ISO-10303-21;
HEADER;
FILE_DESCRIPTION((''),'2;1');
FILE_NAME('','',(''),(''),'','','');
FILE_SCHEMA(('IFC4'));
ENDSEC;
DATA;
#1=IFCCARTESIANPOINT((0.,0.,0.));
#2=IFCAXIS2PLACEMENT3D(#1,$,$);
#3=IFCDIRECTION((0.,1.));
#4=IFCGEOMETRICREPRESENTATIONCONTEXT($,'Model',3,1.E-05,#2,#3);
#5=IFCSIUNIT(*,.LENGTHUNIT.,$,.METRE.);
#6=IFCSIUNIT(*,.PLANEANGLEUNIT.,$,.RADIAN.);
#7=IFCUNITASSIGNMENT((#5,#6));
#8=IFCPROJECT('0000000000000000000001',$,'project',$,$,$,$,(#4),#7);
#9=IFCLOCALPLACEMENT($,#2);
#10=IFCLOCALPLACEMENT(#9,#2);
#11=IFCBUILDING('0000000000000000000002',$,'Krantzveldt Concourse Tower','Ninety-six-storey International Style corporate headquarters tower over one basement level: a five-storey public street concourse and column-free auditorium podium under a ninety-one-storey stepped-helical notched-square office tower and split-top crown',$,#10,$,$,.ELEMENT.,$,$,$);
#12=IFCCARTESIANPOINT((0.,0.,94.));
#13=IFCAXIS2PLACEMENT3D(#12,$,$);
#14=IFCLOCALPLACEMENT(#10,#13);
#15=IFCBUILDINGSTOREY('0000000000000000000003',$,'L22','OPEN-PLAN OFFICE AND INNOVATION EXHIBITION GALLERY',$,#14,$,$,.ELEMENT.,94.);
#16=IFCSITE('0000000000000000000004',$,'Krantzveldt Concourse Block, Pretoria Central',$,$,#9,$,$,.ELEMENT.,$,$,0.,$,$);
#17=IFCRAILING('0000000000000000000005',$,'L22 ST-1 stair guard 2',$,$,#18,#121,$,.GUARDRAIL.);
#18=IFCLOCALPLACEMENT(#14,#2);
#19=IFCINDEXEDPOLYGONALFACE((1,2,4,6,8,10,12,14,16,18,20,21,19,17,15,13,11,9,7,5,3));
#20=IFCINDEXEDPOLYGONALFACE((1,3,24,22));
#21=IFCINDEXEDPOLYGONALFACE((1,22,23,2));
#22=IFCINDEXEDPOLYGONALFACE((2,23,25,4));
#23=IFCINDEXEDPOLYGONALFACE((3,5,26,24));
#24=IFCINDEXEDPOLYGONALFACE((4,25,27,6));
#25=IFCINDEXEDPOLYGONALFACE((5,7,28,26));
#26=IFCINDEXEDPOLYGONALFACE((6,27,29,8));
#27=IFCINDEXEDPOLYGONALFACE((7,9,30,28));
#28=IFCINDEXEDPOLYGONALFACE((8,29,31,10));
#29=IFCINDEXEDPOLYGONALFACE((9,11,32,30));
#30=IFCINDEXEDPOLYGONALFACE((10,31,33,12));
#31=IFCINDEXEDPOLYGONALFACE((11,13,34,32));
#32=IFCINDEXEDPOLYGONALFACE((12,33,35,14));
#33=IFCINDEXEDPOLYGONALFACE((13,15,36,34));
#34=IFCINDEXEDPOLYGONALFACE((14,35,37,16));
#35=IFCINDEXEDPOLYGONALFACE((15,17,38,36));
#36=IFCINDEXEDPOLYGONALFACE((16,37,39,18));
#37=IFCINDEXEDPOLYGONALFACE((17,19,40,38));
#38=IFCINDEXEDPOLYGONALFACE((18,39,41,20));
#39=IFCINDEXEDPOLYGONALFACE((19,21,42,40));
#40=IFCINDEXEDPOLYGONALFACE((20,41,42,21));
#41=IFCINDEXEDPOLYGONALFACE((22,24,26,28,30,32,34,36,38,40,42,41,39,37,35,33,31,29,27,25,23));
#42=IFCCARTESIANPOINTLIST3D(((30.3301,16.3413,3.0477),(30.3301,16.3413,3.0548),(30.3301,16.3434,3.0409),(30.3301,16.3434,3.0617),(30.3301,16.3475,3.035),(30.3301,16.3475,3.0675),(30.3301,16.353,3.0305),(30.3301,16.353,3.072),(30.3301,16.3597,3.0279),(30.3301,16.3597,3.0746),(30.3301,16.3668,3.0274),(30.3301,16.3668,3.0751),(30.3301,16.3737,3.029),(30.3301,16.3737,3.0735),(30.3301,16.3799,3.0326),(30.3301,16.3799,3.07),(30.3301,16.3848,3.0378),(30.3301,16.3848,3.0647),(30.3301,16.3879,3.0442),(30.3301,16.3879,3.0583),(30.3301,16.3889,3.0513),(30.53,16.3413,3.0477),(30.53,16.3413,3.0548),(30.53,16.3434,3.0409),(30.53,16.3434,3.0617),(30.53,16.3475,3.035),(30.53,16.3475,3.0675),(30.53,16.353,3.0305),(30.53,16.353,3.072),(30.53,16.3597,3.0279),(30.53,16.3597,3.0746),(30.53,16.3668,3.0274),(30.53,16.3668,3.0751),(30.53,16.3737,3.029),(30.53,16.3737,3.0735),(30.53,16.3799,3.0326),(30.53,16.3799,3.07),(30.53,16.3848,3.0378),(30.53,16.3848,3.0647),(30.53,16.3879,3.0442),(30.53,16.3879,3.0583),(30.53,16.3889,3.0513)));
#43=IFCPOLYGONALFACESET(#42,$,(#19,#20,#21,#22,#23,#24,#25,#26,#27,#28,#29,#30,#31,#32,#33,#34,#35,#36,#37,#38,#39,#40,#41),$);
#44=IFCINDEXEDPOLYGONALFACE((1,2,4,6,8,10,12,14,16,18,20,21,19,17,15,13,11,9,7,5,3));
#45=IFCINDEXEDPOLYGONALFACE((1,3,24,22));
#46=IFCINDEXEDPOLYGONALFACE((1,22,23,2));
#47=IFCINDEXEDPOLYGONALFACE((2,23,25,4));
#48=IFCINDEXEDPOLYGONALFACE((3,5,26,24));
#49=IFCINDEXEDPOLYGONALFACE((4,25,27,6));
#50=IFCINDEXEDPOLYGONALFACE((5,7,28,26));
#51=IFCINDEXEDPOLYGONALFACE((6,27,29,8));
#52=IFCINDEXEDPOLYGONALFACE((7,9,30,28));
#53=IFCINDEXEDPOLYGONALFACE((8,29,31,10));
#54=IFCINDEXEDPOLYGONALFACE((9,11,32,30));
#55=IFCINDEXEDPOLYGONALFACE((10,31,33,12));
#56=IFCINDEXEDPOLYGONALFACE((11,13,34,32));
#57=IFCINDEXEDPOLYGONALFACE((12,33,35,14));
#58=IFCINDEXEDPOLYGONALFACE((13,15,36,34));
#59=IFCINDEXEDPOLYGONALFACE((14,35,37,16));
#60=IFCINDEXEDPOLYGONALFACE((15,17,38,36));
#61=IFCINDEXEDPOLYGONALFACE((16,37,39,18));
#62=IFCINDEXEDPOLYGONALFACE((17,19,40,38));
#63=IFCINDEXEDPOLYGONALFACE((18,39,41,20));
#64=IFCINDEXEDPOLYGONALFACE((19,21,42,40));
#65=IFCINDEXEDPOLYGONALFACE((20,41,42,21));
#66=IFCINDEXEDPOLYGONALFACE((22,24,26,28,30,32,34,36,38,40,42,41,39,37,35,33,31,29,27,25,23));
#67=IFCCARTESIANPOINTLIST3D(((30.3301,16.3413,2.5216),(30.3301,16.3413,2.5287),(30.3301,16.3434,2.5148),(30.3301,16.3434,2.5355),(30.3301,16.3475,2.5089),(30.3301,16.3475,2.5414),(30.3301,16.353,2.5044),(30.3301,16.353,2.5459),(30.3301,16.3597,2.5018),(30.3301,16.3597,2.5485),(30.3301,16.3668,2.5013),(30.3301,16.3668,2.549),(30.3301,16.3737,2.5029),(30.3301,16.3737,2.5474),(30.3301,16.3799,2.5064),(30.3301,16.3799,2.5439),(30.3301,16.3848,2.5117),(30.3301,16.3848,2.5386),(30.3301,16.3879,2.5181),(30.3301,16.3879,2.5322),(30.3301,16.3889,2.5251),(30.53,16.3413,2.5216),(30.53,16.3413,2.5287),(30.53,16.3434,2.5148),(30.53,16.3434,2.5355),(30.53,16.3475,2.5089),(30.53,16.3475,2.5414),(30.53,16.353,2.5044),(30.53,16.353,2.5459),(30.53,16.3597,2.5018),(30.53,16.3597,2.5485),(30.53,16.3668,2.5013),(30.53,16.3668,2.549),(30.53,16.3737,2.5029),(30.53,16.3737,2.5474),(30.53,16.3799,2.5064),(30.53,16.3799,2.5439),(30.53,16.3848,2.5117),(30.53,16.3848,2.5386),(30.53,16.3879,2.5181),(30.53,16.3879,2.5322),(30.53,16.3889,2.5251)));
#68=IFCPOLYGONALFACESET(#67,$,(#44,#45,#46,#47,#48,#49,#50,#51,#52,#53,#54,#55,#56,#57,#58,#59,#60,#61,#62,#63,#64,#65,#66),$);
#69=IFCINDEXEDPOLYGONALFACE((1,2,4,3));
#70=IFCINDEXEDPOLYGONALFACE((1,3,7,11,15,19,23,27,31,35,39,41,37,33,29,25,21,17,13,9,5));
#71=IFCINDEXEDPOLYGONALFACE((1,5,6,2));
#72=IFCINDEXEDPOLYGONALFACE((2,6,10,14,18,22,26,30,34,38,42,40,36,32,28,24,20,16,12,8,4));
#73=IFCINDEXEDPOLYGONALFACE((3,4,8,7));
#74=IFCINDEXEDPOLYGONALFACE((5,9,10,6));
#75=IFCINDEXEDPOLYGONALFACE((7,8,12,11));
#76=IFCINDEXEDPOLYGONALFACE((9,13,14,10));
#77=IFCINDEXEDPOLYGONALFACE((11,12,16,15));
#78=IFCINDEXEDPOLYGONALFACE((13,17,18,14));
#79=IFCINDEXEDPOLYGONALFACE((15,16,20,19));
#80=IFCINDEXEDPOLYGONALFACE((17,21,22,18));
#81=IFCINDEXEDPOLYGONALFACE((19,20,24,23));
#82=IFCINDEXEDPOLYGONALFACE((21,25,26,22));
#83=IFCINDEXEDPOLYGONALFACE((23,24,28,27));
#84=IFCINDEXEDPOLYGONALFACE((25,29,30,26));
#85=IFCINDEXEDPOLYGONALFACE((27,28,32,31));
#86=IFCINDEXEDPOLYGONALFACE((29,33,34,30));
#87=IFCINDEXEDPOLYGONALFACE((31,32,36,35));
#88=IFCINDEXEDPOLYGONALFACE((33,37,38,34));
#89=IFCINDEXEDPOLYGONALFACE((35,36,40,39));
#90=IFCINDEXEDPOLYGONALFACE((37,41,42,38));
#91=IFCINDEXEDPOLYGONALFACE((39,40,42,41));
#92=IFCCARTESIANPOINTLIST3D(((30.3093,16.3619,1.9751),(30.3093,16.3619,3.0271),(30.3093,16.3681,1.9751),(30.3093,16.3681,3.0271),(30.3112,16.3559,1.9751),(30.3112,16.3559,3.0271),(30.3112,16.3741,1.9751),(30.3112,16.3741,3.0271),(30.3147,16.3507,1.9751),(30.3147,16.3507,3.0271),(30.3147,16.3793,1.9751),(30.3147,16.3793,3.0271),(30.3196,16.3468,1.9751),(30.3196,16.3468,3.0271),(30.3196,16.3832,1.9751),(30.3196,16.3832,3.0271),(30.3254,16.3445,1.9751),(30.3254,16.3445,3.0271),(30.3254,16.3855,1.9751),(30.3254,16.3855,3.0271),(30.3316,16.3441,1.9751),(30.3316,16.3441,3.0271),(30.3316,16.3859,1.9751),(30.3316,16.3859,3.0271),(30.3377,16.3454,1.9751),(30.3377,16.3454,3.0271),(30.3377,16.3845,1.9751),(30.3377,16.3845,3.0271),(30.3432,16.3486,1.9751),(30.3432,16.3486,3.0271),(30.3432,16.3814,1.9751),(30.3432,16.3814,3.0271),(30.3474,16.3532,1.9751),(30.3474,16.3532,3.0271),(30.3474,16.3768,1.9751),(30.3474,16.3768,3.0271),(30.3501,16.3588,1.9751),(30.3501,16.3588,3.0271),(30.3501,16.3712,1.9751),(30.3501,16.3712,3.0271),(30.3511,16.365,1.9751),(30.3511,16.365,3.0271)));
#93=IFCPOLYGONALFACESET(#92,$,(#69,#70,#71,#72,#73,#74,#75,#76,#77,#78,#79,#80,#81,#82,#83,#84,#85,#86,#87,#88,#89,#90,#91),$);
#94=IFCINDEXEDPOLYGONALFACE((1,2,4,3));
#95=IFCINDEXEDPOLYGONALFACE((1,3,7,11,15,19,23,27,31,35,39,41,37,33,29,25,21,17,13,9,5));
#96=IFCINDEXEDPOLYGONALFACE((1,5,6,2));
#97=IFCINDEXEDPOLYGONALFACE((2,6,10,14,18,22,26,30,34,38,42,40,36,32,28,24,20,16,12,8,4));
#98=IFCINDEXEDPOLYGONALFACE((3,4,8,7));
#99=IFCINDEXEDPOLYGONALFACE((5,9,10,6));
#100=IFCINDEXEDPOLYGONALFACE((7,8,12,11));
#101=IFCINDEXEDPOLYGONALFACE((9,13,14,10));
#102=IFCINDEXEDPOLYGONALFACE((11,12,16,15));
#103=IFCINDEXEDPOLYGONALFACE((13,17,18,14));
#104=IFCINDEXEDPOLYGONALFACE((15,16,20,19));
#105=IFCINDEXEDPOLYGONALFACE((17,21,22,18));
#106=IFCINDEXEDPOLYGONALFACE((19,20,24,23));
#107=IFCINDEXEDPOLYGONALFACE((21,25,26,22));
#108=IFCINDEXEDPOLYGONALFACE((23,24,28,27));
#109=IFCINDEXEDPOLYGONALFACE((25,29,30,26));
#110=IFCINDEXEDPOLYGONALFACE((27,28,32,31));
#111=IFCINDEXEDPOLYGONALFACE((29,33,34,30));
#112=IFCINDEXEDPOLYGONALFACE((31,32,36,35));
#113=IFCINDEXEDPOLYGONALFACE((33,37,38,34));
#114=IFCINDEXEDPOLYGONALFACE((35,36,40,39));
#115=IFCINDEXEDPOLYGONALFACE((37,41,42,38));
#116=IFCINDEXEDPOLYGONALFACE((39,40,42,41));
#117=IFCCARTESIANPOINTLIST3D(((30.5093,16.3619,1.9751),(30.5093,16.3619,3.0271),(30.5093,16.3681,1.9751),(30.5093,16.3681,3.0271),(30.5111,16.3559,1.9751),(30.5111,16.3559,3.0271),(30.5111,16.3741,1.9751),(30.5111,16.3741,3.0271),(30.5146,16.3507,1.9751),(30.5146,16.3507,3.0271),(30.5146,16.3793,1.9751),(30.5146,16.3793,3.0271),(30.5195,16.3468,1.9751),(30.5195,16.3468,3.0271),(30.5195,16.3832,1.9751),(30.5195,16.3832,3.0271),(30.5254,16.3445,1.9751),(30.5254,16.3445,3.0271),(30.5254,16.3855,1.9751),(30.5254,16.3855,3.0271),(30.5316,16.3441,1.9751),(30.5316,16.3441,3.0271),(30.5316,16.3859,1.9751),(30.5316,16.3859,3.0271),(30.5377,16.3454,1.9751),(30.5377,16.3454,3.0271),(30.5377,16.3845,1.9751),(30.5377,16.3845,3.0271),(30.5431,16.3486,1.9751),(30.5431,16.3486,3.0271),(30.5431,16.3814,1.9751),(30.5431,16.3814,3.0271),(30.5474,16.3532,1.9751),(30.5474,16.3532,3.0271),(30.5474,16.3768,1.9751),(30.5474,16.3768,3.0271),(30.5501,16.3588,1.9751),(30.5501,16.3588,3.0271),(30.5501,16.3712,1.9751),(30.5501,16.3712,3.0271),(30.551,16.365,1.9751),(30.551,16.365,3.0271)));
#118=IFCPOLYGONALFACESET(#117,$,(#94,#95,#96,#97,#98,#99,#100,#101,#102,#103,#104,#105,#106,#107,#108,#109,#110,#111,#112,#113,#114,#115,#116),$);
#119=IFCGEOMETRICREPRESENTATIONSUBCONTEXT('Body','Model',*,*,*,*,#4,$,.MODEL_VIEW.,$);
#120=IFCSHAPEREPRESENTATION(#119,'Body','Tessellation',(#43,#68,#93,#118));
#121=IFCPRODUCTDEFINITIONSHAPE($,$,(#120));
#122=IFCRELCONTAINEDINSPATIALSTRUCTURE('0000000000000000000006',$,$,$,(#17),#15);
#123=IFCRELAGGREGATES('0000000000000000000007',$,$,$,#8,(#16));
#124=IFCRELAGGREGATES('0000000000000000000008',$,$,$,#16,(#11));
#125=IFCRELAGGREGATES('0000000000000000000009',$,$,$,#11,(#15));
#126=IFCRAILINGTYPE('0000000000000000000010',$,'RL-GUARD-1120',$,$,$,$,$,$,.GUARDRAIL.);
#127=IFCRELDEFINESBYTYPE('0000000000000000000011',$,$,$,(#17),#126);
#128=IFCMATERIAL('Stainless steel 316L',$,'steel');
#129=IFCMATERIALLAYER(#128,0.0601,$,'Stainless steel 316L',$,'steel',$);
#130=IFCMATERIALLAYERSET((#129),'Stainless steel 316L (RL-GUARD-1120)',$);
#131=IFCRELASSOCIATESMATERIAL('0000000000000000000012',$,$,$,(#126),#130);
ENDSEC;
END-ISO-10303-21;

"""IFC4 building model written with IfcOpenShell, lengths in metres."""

from ifc_helpers import new_model, si_unit, direction, frame, origin, origin_2d, place, context, subcontext, project, spatial, circle, extrude, material, layer, layer_set, type_object, element, save


model = new_model("IFC4")

# Units and contexts
model_context = context("Model", 3, precision=1e-05, world=origin(), true_north=direction((0.0, 1.0)))
body_context = subcontext(model_context, "Body", "Model", "MODEL_VIEW")
ifc_project = project(units=[si_unit("LENGTHUNIT", "METRE"), si_unit("PLANEANGLEUNIT", "RADIAN")], contexts=[model_context])

# Site, building, storey
site_placement = place(None, origin())
site = spatial("IfcSite", under=ifc_project, at=site_placement, Name="Krantzveldt Concourse Block, Pretoria Central", CompositionType="ELEMENT", RefElevation=0.0)
building_placement = place(site_placement, origin())
building = spatial("IfcBuilding", under=site, at=building_placement, Name="Krantzveldt Concourse Tower", Description="Ninety-six-storey International Style corporate headquarters tower over one basement level: a five-storey public street concourse and column-free auditorium podium under a ninety-one-storey stepped-helical notched-square office tower and split-top crown", CompositionType="ELEMENT")
storey_placement = place(building_placement, frame((0.0, 0.0, 94.0)))
storey = spatial("IfcBuildingStorey", under=building, at=storey_placement, Name="L22", Description="OPEN-PLAN OFFICE AND INNOVATION EXHIBITION GALLERY", CompositionType="ELEMENT", Elevation=94.0)

# Railing
ifc_material_1 = material(Name="Stainless steel 316L", Category="steel")
ifc_layer_1 = layer(ifc_material_1, 0.0601, Name="Stainless steel 316L", Category="steel")
ifc_layer_set_1 = layer_set([ifc_layer_1], Name="Stainless steel 316L (RL-GUARD-1120)")
railing_type_1 = type_object("IfcRailingType", Name="RL-GUARD-1120", PredefinedType="GUARDRAIL", material=ifc_layer_set_1)
railing_1_placement = place(storey_placement, frame((30.3301, 16.365, 1.9751)))
element("IfcRailing", 1, at=railing_1_placement, inside=storey, type_object=railing_type_1, Name="L22 ST-1 stair guard 2", PredefinedType="GUARDRAIL", context=body_context, shape_type="SweptSolid", body=[
    extrude(circle(Radius=0.0239, at=origin_2d()), frame((0.0, 0.0, 1.0762), z_axis=(1.0, 0.0, 0.0), x_axis=(0.0, 1.0, 0.0)), (0.0, 0.0, 1.0), 0.2),
    extrude(circle(Radius=0.0239, at=origin_2d()), frame((0.0, 0.0, 0.55), z_axis=(1.0, 0.0, 0.0), x_axis=(0.0, 1.0, 0.0)), (0.0, 0.0, 1.0), 0.2),
    extrude(circle(Radius=0.021, at=origin_2d()), origin(), (0.0, 0.0, 1.0), 1.052),
    extrude(circle(Radius=0.021, at=origin_2d()), frame((0.2, 0.0, 0.0)), (0.0, 0.0, 1.0), 1.052),
])

save(model, "model.ifc")
